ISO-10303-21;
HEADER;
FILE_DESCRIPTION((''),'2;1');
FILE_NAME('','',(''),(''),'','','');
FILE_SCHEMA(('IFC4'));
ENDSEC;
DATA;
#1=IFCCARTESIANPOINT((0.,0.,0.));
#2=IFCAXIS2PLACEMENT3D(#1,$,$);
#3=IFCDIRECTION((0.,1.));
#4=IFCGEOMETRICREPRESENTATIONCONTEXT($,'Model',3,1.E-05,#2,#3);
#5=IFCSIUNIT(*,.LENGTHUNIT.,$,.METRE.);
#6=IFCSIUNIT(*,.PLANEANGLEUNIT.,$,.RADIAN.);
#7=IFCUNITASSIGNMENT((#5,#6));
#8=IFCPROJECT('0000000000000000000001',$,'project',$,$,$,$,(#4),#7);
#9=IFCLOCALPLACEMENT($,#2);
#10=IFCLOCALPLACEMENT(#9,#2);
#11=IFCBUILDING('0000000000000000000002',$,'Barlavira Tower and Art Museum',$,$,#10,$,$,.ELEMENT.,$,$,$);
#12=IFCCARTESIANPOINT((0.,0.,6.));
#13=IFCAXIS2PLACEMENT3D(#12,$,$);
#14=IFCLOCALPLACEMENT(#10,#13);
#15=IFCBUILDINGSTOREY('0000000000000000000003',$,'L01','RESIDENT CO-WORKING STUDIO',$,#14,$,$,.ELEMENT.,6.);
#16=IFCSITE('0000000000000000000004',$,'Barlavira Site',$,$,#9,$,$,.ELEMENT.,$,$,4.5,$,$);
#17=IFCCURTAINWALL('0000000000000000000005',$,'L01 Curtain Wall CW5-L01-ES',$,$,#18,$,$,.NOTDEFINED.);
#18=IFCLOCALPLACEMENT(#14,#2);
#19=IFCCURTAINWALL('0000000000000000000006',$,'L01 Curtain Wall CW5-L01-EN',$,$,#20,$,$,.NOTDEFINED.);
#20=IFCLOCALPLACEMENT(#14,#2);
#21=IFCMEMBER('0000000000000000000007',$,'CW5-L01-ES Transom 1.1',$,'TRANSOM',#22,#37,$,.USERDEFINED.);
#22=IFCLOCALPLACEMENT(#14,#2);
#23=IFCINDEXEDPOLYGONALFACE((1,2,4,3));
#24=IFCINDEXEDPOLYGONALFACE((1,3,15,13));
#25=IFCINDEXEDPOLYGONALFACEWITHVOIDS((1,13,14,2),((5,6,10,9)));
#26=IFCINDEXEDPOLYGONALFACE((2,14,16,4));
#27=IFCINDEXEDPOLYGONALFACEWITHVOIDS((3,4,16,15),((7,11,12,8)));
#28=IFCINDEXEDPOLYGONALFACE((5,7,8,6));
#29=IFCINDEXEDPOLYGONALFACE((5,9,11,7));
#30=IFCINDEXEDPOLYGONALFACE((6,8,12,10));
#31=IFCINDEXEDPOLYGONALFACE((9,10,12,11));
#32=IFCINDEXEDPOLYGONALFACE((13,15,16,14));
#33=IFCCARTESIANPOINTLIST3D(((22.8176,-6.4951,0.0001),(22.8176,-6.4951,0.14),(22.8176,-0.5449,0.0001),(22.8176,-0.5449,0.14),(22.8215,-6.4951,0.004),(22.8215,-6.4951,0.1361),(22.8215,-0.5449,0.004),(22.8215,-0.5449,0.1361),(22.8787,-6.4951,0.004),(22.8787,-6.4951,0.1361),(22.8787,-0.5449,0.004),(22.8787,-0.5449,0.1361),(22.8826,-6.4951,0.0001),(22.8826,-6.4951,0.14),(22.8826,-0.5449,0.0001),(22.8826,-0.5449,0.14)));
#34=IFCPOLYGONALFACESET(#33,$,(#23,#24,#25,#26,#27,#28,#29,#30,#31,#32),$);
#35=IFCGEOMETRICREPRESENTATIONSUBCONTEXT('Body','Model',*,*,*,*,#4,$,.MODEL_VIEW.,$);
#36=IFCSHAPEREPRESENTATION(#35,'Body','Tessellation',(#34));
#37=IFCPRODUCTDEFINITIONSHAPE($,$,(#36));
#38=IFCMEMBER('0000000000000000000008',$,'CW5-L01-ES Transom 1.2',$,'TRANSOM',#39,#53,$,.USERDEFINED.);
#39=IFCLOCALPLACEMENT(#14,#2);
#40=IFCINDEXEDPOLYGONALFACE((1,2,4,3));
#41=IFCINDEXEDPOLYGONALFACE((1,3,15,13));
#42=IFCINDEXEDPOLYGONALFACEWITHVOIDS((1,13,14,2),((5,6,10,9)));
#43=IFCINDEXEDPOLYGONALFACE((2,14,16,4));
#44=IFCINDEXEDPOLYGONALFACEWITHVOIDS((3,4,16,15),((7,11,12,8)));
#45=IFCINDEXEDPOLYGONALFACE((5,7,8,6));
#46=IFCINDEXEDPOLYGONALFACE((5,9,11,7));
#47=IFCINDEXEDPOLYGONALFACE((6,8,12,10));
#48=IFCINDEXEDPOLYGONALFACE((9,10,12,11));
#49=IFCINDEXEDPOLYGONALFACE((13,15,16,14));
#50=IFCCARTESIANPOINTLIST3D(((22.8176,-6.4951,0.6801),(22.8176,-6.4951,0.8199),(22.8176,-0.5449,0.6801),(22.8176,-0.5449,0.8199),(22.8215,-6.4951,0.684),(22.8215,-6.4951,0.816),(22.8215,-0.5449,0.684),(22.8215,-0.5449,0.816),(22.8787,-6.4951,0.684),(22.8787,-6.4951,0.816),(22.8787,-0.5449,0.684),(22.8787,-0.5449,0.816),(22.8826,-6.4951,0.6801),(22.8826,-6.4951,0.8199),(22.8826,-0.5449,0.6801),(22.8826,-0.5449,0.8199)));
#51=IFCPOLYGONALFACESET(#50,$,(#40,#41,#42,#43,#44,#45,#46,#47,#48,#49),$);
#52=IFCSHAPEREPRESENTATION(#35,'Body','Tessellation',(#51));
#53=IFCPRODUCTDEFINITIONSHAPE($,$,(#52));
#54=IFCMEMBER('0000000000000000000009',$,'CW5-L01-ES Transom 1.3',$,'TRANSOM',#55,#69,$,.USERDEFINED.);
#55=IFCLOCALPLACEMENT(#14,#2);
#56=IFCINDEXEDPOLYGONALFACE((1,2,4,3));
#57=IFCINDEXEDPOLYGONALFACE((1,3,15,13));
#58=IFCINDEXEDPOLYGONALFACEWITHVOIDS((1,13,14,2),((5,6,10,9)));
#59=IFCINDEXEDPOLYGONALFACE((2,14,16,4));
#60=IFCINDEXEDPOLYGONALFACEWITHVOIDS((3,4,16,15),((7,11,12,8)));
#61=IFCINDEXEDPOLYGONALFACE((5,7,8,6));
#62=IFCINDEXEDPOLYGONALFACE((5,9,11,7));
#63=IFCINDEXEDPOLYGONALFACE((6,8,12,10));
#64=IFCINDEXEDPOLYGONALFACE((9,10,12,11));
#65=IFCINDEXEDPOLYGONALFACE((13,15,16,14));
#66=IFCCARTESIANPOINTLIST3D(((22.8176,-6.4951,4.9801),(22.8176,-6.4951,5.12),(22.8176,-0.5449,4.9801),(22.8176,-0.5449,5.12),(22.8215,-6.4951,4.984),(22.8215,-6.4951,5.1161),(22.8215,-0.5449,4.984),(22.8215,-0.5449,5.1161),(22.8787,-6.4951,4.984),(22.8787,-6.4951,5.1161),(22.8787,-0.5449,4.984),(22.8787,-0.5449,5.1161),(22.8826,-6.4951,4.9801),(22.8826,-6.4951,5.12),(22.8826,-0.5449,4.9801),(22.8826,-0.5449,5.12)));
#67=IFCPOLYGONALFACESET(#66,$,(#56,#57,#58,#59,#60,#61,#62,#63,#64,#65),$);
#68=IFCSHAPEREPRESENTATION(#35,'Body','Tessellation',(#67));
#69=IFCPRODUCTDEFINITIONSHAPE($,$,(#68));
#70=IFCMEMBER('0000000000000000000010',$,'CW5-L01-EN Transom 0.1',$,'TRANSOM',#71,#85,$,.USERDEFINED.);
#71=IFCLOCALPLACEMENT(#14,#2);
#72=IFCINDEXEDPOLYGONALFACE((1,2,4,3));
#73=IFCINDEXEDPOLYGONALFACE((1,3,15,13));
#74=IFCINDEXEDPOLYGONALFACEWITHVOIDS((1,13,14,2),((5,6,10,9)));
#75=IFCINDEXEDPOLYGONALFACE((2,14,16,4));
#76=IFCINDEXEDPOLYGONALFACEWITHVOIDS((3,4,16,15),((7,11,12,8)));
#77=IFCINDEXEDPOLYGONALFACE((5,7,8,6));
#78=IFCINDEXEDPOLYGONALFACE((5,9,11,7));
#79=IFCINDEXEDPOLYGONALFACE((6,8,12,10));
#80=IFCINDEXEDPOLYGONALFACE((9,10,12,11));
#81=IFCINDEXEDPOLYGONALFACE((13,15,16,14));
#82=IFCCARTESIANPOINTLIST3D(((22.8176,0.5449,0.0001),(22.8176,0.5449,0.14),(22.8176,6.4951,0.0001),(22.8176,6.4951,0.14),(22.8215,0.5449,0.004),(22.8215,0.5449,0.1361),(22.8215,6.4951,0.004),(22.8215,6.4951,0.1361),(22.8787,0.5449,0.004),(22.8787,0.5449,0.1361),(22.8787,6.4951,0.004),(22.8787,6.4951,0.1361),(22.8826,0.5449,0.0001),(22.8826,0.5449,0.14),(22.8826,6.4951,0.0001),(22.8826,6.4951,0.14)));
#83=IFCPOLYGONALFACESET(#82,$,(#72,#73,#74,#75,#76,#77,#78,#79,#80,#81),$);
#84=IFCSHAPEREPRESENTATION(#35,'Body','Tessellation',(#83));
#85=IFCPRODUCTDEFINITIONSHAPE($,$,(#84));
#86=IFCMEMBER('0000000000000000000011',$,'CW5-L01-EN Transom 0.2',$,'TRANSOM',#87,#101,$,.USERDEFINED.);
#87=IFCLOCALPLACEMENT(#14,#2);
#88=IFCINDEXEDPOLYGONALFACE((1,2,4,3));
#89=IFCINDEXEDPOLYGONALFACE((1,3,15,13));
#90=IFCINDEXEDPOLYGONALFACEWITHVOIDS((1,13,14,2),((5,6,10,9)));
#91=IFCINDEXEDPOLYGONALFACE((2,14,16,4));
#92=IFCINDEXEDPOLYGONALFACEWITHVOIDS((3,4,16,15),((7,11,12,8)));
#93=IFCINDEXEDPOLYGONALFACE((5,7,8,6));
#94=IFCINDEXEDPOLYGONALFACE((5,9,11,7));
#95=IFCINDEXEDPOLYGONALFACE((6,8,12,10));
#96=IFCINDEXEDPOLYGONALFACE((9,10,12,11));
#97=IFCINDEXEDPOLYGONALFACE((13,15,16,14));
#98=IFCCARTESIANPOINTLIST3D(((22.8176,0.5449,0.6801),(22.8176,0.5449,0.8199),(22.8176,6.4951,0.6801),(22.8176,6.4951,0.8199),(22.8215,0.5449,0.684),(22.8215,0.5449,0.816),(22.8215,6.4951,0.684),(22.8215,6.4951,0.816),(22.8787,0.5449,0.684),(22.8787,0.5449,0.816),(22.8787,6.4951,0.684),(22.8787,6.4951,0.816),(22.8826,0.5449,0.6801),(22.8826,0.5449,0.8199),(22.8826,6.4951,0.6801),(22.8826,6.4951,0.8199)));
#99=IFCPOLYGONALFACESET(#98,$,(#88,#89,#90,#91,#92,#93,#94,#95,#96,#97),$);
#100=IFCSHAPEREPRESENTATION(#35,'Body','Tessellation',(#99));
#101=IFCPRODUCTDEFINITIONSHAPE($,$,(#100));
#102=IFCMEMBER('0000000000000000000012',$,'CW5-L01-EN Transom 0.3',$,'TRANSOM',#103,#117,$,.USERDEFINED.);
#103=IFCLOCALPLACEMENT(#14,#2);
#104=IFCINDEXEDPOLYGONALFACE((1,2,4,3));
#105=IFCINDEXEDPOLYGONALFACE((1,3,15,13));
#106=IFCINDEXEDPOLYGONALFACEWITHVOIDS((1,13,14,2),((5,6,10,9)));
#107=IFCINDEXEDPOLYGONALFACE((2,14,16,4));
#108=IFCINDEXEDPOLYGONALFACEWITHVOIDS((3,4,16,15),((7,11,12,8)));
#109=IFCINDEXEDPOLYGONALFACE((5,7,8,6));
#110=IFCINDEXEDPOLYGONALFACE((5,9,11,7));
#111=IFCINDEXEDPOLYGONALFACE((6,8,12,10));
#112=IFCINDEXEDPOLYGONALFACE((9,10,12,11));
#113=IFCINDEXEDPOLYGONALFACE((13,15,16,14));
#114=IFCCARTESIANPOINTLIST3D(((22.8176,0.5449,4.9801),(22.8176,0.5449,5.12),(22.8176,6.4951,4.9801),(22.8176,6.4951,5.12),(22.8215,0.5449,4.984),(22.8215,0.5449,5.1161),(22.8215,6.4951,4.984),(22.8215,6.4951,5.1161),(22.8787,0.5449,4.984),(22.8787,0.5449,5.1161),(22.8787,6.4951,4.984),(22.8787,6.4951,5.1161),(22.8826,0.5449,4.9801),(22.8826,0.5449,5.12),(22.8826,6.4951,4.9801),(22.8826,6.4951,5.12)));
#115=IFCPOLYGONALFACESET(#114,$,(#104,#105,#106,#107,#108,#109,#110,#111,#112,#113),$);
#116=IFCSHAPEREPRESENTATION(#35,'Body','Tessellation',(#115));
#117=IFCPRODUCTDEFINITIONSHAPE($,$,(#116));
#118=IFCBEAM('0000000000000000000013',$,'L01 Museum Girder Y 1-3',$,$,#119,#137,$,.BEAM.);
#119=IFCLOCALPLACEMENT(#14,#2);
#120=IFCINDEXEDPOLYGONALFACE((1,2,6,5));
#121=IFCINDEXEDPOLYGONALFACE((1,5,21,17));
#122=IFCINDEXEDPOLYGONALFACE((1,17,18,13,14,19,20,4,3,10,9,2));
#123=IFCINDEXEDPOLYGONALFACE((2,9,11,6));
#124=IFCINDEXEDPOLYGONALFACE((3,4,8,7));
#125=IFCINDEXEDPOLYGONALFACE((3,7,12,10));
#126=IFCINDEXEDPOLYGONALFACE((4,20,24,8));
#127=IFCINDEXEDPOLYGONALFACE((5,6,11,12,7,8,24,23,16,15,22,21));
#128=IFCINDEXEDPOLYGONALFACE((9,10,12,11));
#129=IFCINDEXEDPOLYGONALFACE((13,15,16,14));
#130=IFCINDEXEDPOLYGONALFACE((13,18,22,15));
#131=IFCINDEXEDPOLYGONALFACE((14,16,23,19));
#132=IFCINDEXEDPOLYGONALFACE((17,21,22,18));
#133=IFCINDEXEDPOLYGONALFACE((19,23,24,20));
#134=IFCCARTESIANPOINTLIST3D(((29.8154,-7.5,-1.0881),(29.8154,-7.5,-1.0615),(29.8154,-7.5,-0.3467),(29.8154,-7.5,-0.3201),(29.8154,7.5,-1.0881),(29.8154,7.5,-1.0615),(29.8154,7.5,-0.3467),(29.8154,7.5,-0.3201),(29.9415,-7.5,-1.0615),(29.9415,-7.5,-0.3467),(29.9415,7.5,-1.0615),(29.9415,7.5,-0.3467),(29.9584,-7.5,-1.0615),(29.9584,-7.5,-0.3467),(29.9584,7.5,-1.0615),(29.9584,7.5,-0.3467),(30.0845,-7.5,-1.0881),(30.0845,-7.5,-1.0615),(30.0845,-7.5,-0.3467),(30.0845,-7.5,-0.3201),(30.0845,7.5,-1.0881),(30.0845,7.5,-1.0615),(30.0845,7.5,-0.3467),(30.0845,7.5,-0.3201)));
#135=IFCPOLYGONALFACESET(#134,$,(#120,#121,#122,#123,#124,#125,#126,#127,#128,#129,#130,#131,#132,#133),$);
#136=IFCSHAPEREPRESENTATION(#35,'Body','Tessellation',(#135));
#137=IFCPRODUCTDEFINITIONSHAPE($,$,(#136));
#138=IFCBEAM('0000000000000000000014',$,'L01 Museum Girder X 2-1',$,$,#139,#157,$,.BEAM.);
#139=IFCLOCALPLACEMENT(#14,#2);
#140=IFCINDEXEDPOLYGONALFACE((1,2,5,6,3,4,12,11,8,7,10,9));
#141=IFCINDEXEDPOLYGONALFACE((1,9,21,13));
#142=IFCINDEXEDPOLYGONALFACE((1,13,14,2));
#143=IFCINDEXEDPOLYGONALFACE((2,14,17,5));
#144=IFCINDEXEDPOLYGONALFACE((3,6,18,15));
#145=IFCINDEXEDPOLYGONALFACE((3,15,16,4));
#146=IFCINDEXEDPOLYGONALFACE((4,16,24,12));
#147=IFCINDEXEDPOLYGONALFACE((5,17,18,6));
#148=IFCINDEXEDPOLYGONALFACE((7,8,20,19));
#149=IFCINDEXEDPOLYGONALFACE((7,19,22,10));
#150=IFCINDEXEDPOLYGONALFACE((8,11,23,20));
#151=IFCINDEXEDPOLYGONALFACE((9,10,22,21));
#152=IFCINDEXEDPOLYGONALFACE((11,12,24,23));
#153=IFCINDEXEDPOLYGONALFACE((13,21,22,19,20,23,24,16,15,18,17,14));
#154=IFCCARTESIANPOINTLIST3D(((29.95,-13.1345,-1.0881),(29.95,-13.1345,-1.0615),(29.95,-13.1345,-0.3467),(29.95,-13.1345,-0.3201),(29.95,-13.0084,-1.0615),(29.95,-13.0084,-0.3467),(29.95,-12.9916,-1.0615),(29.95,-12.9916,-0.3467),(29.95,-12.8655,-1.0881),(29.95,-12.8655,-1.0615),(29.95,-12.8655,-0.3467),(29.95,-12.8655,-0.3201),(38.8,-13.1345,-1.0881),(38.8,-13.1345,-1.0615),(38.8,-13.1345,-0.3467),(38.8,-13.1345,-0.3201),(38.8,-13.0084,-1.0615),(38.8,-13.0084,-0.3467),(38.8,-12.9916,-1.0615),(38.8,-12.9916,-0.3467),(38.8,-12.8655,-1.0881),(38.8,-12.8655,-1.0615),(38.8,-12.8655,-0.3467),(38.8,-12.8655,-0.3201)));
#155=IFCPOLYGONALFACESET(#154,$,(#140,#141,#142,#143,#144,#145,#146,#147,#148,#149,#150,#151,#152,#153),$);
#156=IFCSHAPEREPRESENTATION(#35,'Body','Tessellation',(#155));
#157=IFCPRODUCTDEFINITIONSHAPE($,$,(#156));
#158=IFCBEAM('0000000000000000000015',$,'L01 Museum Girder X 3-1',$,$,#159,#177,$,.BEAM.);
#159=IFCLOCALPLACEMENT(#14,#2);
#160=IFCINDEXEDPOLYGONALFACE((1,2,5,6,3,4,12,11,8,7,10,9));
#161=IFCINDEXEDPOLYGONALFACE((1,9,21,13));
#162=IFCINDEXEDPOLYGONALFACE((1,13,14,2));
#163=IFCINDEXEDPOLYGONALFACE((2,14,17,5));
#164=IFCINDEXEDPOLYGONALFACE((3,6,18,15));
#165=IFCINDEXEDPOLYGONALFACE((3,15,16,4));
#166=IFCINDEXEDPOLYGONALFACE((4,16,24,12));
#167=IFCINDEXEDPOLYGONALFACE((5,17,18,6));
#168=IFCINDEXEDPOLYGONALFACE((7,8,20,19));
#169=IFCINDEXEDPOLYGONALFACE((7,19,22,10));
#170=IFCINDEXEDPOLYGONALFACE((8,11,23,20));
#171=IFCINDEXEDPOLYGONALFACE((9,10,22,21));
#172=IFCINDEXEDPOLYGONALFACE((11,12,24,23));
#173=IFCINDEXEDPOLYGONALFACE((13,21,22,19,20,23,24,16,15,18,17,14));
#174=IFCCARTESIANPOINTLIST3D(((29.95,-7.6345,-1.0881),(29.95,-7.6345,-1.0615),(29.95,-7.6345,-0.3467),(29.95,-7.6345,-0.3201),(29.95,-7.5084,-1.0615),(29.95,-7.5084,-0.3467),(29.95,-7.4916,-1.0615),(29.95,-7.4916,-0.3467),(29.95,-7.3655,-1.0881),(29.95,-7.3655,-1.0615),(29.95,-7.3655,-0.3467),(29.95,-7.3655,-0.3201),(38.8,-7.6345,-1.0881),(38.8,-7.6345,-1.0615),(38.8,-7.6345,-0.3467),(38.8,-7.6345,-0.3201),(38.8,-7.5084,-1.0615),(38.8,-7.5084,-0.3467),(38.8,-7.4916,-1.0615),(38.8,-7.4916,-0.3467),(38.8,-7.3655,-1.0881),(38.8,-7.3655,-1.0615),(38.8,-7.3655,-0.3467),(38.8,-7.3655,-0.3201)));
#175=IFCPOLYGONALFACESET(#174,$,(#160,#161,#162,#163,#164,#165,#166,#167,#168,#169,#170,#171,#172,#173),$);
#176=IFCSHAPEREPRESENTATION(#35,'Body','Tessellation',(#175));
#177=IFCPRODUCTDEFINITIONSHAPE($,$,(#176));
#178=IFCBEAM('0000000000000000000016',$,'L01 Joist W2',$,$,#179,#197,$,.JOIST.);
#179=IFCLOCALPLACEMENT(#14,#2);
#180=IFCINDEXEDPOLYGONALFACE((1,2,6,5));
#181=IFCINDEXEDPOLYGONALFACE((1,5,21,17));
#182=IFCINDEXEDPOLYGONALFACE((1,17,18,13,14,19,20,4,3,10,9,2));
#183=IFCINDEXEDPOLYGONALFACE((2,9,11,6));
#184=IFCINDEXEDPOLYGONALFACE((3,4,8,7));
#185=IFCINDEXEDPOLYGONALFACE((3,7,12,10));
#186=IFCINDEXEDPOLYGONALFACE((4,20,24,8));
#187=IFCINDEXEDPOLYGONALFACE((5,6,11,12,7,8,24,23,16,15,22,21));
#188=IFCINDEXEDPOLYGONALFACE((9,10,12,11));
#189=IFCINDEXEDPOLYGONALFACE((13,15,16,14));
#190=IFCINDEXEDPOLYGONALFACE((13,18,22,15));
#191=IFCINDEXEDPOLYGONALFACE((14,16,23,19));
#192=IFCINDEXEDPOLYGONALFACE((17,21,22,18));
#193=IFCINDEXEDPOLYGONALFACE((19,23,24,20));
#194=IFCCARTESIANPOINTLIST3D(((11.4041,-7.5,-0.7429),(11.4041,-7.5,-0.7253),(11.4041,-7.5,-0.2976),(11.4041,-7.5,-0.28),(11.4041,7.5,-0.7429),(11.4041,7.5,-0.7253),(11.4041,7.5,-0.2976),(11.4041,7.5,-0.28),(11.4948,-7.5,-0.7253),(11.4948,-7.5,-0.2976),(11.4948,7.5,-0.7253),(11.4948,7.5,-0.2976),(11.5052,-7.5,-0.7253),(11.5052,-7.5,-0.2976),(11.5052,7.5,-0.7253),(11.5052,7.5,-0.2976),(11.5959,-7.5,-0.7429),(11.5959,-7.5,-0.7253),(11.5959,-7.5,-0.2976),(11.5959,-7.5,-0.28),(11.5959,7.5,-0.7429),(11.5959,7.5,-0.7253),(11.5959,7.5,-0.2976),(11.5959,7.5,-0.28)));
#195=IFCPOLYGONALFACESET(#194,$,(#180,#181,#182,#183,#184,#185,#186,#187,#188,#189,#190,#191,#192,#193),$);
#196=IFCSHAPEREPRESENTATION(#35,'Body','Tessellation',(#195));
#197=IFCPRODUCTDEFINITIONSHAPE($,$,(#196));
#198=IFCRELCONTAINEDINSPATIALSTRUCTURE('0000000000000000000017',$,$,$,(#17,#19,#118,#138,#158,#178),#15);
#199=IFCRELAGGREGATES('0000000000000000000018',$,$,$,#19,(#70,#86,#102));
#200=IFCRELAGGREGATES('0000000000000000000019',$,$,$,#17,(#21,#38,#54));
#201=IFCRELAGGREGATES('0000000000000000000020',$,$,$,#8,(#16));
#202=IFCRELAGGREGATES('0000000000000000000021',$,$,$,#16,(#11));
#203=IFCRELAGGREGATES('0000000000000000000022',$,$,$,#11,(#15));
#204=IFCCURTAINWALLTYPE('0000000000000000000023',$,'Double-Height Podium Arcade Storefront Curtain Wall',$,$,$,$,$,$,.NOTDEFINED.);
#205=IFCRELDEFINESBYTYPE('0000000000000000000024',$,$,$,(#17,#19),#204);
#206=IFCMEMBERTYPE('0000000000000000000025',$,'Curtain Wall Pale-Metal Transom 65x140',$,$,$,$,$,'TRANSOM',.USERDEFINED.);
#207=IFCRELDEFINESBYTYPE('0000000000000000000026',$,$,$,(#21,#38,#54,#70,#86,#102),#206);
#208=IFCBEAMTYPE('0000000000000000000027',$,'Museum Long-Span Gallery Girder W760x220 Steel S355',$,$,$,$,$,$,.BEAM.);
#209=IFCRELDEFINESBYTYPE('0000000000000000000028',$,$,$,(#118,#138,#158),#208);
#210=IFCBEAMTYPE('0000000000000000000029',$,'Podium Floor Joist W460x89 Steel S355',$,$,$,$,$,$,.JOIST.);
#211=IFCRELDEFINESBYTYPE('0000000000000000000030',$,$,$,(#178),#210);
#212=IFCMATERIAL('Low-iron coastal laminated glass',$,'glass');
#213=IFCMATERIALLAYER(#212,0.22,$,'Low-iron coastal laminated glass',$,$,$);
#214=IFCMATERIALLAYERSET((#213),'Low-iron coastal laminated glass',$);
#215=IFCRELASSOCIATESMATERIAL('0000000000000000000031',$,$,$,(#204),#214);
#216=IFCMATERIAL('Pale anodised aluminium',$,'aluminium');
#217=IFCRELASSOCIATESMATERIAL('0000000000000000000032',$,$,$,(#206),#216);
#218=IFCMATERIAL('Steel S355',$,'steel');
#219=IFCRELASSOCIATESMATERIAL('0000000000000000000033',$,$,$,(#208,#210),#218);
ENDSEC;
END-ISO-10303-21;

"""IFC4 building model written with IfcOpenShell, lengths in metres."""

from ifc_helpers import new_model, si_unit, direction, frame, origin, origin_2d, place, context, subcontext, project, spatial, hollow_rectangle, i_section, extrude, material, layer, layer_set, material_profile, profile_set, type_object, element, aggregate, save


model = new_model("IFC4")

# Units and contexts
model_context = context("Model", 3, precision=1e-05, world=origin(), true_north=direction((0.0, 1.0)))
body_context = subcontext(model_context, "Body", "Model", "MODEL_VIEW")
ifc_project = project(units=[si_unit("LENGTHUNIT", "METRE"), si_unit("PLANEANGLEUNIT", "RADIAN")], contexts=[model_context])

# Site, building, storey
site_placement = place(None, origin())
site = spatial("IfcSite", under=ifc_project, at=site_placement, Name="Barlavira Site", CompositionType="ELEMENT", RefElevation=4.5)
building_placement = place(site_placement, origin())
building = spatial("IfcBuilding", under=site, at=building_placement, Name="Barlavira Tower and Art Museum", CompositionType="ELEMENT")
storey_placement = place(building_placement, frame((0.0, 0.0, 6.0)))
storey = spatial("IfcBuildingStorey", under=building, at=storey_placement, Name="L01", Description="RESIDENT CO-WORKING STUDIO", CompositionType="ELEMENT", Elevation=6.0)

# Curtain wall
ifc_material_1 = material(Name="Low-iron coastal laminated glass", Category="glass")
ifc_layer_1 = layer(ifc_material_1, 0.22, Name="Low-iron coastal laminated glass")
ifc_layer_set_1 = layer_set([ifc_layer_1], Name="Low-iron coastal laminated glass")
curtain_wall_type = type_object("IfcCurtainWallType", Name="Double-Height Podium Arcade Storefront Curtain Wall", PredefinedType="NOTDEFINED", material=ifc_layer_set_1)
curtain_wall_1_placement = place(storey_placement, origin())
curtain_wall_1 = element("IfcCurtainWall", 1, at=curtain_wall_1_placement, inside=storey, type_object=curtain_wall_type, Name="L01 Curtain Wall CW5-L01-ES", PredefinedType="NOTDEFINED")
ifc_material_2 = material(Name="Pale anodised aluminium", Category="aluminium")

# Curtain wall
curtain_wall_2_placement = place(storey_placement, origin())
curtain_wall_2 = element("IfcCurtainWall", 2, at=curtain_wall_2_placement, inside=storey, type_object=curtain_wall_type, Name="L01 Curtain Wall CW5-L01-EN", PredefinedType="NOTDEFINED")

# Members
ifc_material_profile_1 = material_profile(ifc_material_2, hollow_rectangle(XDim=0.0649, YDim=0.1399, WallThickness=0.0039, at=origin_2d()), Name="ALU-TRAN 65x140x4")
ifc_profile_set_1 = profile_set([ifc_material_profile_1], Name="Pale anodised aluminium")
member_type_1 = type_object("IfcMemberType", Name="Curtain Wall Pale-Metal Transom 65x140", ElementType="TRANSOM", PredefinedType="USERDEFINED", material=ifc_profile_set_1)
member_1_placement = place(storey_placement, frame((22.8501, -6.4951, 0.0701), z_axis=(0.0, 1.0, 0.0), x_axis=(-1.0, 0.0, 0.0)))
member_1 = element("IfcMember", 3, at=member_1_placement, type_object=member_type_1, Name="CW5-L01-ES Transom 1.1", ObjectType="TRANSOM", PredefinedType="USERDEFINED", context=body_context, shape_type="SweptSolid", body=[
    extrude(hollow_rectangle(XDim=0.0649, YDim=0.1399, WallThickness=0.0039, at=origin_2d()), origin(), (0.0, 0.0, 1.0), 5.9502),
])
member_2_placement = place(storey_placement, frame((22.8501, -6.4951, 0.75), z_axis=(0.0, 1.0, 0.0), x_axis=(-1.0, 0.0, 0.0)))
member_2 = element("IfcMember", 4, at=member_2_placement, type_object=member_type_1, Name="CW5-L01-ES Transom 1.2", ObjectType="TRANSOM", PredefinedType="USERDEFINED", context=body_context, shape_type="SweptSolid", body=[
    extrude(hollow_rectangle(XDim=0.0649, YDim=0.1399, WallThickness=0.0039, at=origin_2d()), origin(), (0.0, 0.0, 1.0), 5.9502),
])
member_3_placement = place(storey_placement, frame((22.8501, -6.4951, 5.05), z_axis=(0.0, 1.0, 0.0), x_axis=(-1.0, 0.0, 0.0)))
member_3 = element("IfcMember", 5, at=member_3_placement, type_object=member_type_1, Name="CW5-L01-ES Transom 1.3", ObjectType="TRANSOM", PredefinedType="USERDEFINED", context=body_context, shape_type="SweptSolid", body=[
    extrude(hollow_rectangle(XDim=0.0649, YDim=0.1399, WallThickness=0.0039, at=origin_2d()), origin(), (0.0, 0.0, 1.0), 5.9502),
])
member_4_placement = place(storey_placement, frame((22.8501, 0.5449, 0.0701), z_axis=(0.0, 1.0, 0.0), x_axis=(-1.0, 0.0, 0.0)))
member_4 = element("IfcMember", 6, at=member_4_placement, type_object=member_type_1, Name="CW5-L01-EN Transom 0.1", ObjectType="TRANSOM", PredefinedType="USERDEFINED", context=body_context, shape_type="SweptSolid", body=[
    extrude(hollow_rectangle(XDim=0.0649, YDim=0.1399, WallThickness=0.0039, at=origin_2d()), origin(), (0.0, 0.0, 1.0), 5.9502),
])
member_5_placement = place(storey_placement, frame((22.8501, 0.5449, 0.75), z_axis=(0.0, 1.0, 0.0), x_axis=(-1.0, 0.0, 0.0)))
member_5 = element("IfcMember", 7, at=member_5_placement, type_object=member_type_1, Name="CW5-L01-EN Transom 0.2", ObjectType="TRANSOM", PredefinedType="USERDEFINED", context=body_context, shape_type="SweptSolid", body=[
    extrude(hollow_rectangle(XDim=0.0649, YDim=0.1399, WallThickness=0.0039, at=origin_2d()), origin(), (0.0, 0.0, 1.0), 5.9502),
])
member_6_placement = place(storey_placement, frame((22.8501, 0.5449, 5.05), z_axis=(0.0, 1.0, 0.0), x_axis=(-1.0, 0.0, 0.0)))
member_6 = element("IfcMember", 8, at=member_6_placement, type_object=member_type_1, Name="CW5-L01-EN Transom 0.3", ObjectType="TRANSOM", PredefinedType="USERDEFINED", context=body_context, shape_type="SweptSolid", body=[
    extrude(hollow_rectangle(XDim=0.0649, YDim=0.1399, WallThickness=0.0039, at=origin_2d()), origin(), (0.0, 0.0, 1.0), 5.9502),
])
aggregate(curtain_wall_2, [member_4, member_5, member_6])

# Beams
ifc_material_3 = material(Name="Steel S355", Category="steel")
ifc_material_profile_2 = material_profile(ifc_material_3, i_section(OverallWidth=0.269, OverallDepth=0.7681, WebThickness=0.0168, FlangeThickness=0.0266, at=origin_2d()), Name="W760x220.0")
ifc_profile_set_2 = profile_set([ifc_material_profile_2], Name="Steel S355")
beam_type_1 = type_object("IfcBeamType", Name="Museum Long-Span Gallery Girder W760x220 Steel S355", PredefinedType="BEAM", material=ifc_profile_set_2)
beam_1_placement = place(storey_placement, frame((29.95, -7.5, -0.7041), z_axis=(0.0, 1.0, 0.0), x_axis=(-1.0, 0.0, 0.0)))
element("IfcBeam", 9, at=beam_1_placement, inside=storey, type_object=beam_type_1, Name="L01 Museum Girder Y 1-3", PredefinedType="BEAM", context=body_context, shape_type="SweptSolid", body=[
    extrude(i_section(OverallWidth=0.269, OverallDepth=0.7681, WebThickness=0.0168, FlangeThickness=0.0266, at=origin_2d()), origin(), (0.0, 0.0, 1.0), 15.0),
])
for number, where, z_axis, x_axis, name in (
    (10, (29.95, -13.0, -0.7041), (1.0, 0.0, 0.0), (0.0, 1.0, 0.0), "L01 Museum Girder X 2-1"),
    (11, (29.95, -7.5, -0.7041), (1.0, 0.0, 0.0), (0.0, 1.0, 0.0), "L01 Museum Girder X 3-1"),
):
    element("IfcBeam", number, at=place(storey_placement, frame(where, z_axis=z_axis, x_axis=x_axis)), inside=storey, type_object=beam_type_1, Name=name, PredefinedType="BEAM", context=body_context, shape_type="SweptSolid", body=[
        extrude(i_section(OverallWidth=0.269, OverallDepth=0.7681, WebThickness=0.0168, FlangeThickness=0.0266, at=origin_2d()), origin(), (0.0, 0.0, 1.0), 8.8501),
    ])
ifc_material_profile_3 = material_profile(ifc_material_3, i_section(OverallWidth=0.1919, OverallDepth=0.4629, WebThickness=0.0105, FlangeThickness=0.0176, at=origin_2d()), Name="W460x89.0")
ifc_profile_set_3 = profile_set([ifc_material_profile_3], Name="Steel S355")
beam_type_2 = type_object("IfcBeamType", Name="Podium Floor Joist W460x89 Steel S355", PredefinedType="JOIST", material=ifc_profile_set_3)
beam_2_placement = place(storey_placement, frame((11.5, -7.5, -0.5115), z_axis=(0.0, 1.0, 0.0), x_axis=(-1.0, 0.0, 0.0)))
element("IfcBeam", 12, at=beam_2_placement, inside=storey, type_object=beam_type_2, Name="L01 Joist W2", PredefinedType="JOIST", context=body_context, shape_type="SweptSolid", body=[
    extrude(i_section(OverallWidth=0.1919, OverallDepth=0.4629, WebThickness=0.0105, FlangeThickness=0.0176, at=origin_2d()), origin(), (0.0, 0.0, 1.0), 15.0),
])

aggregate(curtain_wall_1, [member_1, member_2, member_3])

save(model, "model.ifc")
